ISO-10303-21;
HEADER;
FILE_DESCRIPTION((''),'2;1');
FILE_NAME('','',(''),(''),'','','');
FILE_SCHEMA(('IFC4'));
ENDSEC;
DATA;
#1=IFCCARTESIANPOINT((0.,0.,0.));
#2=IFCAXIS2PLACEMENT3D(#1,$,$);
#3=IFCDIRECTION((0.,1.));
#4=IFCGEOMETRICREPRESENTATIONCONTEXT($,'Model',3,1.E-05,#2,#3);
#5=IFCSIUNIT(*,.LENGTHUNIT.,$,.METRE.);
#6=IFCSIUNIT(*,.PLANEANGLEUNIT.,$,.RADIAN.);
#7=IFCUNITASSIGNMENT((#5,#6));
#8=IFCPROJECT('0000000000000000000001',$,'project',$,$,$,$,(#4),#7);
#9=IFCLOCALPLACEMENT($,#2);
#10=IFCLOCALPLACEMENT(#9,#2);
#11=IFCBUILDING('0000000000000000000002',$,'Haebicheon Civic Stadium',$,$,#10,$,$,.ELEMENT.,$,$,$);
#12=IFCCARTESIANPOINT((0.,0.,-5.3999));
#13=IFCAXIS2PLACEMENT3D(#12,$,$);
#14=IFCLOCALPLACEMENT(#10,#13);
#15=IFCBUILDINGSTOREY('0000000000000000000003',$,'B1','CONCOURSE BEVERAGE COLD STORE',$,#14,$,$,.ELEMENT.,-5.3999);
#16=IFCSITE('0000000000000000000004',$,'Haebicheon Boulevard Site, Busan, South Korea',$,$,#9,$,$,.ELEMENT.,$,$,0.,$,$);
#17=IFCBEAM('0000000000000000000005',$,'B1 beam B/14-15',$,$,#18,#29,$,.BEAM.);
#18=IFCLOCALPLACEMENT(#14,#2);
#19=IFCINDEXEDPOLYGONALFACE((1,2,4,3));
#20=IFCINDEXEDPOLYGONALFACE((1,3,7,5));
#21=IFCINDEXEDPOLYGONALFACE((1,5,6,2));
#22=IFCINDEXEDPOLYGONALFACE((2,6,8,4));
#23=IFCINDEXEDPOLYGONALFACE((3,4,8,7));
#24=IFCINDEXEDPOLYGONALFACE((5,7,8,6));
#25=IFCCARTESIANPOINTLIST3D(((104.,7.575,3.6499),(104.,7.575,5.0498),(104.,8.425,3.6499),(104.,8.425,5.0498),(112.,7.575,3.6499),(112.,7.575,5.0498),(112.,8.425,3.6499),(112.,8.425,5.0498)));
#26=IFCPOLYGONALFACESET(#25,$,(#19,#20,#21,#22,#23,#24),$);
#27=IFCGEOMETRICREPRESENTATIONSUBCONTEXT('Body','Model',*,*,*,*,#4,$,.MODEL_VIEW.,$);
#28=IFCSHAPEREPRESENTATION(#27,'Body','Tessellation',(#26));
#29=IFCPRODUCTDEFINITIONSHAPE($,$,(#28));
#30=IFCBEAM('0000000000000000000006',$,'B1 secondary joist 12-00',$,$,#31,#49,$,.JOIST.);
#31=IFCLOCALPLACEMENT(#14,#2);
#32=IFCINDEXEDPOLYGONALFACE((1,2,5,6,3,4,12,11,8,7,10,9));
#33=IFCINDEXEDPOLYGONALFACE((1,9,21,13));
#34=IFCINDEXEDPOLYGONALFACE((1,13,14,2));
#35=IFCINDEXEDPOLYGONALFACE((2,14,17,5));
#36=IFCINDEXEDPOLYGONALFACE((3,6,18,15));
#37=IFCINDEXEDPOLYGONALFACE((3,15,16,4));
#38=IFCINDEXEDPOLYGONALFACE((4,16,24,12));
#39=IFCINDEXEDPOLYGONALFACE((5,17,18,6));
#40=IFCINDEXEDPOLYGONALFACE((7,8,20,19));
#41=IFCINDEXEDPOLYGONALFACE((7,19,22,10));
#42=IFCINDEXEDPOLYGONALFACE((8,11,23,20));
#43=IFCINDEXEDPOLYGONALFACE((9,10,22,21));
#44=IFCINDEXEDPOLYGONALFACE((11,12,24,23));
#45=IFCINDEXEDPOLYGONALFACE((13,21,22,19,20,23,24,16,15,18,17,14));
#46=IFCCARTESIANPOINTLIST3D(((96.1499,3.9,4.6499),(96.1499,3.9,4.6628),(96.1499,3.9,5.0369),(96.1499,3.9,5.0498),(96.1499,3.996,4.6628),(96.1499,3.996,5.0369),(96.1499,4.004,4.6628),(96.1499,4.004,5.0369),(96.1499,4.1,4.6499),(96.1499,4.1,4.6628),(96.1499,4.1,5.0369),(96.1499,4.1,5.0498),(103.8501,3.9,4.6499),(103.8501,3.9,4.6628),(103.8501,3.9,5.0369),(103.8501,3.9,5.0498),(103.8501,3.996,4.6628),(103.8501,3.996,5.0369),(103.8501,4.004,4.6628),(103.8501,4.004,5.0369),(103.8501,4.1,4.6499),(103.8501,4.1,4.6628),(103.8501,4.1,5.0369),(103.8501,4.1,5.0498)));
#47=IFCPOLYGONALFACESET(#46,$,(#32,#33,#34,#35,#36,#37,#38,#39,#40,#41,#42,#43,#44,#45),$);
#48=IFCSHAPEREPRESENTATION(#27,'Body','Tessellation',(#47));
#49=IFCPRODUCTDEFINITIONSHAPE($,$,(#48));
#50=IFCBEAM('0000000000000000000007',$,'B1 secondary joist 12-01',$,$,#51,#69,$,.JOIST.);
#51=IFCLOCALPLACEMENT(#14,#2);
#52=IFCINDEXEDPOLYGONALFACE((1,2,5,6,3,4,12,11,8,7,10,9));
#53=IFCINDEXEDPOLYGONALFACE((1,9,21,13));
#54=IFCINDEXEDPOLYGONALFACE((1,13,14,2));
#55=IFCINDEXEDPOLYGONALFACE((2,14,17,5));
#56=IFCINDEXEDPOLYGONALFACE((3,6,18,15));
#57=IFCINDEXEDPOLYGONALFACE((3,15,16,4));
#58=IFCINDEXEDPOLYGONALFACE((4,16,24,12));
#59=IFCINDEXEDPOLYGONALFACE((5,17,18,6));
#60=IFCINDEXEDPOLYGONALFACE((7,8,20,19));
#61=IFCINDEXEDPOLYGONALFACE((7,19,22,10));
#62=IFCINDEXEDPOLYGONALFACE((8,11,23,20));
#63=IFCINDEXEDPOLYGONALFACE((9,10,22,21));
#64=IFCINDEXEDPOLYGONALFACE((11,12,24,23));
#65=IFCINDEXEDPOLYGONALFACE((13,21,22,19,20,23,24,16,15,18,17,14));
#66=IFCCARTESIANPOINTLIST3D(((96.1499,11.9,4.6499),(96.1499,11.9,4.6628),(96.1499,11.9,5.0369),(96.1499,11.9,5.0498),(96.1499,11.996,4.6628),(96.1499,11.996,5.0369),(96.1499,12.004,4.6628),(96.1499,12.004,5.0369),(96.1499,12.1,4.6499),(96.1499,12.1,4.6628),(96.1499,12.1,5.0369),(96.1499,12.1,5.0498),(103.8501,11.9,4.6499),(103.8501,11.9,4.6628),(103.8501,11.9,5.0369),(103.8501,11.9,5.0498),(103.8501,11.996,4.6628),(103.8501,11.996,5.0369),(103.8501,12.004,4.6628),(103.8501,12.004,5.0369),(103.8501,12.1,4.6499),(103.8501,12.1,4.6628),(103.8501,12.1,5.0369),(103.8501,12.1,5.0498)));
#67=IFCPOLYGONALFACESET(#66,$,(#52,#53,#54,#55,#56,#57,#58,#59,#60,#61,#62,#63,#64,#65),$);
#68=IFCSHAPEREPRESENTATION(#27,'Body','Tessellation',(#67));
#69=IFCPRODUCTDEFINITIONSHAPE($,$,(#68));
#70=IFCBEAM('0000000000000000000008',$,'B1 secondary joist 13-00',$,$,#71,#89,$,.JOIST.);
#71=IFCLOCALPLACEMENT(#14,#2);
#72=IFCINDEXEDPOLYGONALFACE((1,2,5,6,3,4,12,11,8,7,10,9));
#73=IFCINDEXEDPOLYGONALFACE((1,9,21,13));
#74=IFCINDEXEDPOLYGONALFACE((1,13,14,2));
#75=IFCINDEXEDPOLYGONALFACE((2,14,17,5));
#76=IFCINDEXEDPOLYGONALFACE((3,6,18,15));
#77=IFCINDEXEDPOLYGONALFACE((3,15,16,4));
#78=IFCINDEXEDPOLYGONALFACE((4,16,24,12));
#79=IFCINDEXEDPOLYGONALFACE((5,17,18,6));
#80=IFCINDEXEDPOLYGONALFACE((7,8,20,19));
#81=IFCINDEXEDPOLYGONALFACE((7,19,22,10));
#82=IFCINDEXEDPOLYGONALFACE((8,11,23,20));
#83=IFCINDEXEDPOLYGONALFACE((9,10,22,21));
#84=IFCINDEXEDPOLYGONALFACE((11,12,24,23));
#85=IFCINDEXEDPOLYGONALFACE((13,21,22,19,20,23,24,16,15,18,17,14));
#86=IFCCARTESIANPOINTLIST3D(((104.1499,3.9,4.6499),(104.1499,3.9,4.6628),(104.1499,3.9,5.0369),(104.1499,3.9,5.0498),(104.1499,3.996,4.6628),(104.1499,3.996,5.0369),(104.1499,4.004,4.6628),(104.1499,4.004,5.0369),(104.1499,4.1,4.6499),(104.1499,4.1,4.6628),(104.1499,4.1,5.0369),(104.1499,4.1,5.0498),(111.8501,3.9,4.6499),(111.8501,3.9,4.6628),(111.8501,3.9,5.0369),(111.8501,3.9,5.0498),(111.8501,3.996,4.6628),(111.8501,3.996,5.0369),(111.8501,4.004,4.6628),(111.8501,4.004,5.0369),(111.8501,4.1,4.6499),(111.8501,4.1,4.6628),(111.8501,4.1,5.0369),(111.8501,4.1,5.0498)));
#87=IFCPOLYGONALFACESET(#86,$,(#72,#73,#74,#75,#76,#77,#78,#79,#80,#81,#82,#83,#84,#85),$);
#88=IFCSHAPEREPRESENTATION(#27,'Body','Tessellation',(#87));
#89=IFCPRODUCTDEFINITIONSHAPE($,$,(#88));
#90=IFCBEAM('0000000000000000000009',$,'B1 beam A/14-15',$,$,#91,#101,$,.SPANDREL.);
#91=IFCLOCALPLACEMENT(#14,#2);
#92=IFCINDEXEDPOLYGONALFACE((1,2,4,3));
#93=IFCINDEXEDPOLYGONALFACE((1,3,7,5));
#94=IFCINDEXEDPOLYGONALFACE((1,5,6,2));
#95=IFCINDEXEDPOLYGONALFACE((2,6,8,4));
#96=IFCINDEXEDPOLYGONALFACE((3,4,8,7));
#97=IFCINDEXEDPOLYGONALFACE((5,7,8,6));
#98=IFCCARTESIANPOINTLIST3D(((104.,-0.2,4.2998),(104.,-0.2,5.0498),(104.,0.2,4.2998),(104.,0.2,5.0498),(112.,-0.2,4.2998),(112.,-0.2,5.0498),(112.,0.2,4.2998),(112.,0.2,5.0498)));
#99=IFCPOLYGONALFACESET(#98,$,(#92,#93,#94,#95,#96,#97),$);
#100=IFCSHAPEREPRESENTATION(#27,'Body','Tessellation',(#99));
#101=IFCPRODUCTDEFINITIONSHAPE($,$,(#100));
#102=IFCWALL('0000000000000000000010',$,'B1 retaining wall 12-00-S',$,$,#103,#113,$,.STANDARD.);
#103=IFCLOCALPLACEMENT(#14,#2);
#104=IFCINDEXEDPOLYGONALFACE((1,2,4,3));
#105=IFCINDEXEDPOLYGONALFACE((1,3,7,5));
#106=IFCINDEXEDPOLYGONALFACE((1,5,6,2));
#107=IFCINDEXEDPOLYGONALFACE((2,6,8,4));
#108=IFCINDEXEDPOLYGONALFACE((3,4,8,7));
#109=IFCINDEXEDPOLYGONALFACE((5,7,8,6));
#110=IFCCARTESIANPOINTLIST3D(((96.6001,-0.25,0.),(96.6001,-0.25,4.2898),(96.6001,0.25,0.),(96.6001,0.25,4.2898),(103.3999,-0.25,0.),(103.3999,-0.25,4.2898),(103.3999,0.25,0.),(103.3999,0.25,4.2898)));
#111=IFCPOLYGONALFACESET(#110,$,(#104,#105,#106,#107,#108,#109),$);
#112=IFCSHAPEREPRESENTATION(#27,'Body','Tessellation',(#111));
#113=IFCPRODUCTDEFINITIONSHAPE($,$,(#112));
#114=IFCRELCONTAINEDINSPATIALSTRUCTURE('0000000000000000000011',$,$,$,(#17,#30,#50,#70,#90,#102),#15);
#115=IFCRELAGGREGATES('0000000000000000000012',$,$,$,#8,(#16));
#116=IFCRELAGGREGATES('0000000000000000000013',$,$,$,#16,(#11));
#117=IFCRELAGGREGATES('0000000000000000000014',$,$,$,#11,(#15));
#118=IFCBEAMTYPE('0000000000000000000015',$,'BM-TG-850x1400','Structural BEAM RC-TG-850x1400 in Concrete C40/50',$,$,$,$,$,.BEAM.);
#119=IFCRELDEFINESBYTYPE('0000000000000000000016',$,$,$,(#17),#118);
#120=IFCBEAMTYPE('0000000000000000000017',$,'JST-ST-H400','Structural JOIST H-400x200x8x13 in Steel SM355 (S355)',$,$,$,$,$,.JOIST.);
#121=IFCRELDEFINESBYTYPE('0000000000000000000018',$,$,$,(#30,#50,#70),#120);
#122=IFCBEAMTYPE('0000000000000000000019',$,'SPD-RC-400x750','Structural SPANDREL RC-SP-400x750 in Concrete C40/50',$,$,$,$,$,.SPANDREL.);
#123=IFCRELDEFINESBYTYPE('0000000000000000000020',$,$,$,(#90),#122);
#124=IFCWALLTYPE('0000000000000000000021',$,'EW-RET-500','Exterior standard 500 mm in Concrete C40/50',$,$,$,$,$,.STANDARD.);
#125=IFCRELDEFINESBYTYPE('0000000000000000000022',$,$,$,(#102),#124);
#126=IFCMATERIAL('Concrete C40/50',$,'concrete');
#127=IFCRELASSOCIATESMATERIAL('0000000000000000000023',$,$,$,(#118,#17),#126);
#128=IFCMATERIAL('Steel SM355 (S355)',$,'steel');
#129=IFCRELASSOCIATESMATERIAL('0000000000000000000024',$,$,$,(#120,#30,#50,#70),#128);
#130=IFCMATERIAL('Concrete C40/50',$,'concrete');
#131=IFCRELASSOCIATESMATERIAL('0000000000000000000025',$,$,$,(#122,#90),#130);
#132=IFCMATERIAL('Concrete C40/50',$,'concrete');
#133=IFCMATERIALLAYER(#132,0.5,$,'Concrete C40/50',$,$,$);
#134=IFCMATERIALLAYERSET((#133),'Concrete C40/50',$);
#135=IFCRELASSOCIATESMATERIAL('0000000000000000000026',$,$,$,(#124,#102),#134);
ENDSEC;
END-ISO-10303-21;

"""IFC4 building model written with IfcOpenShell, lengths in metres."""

from ifc_helpers import new_model, si_unit, direction, frame, frame_2d, origin, origin_2d, place, context, subcontext, project, spatial, rectangle, i_section, extrude, material, layer, layer_set, material_profile, profile_set, type_object, element, save


model = new_model("IFC4")

# Units and contexts
model_context = context("Model", 3, precision=1e-05, world=origin(), true_north=direction((0.0, 1.0)))
body_context = subcontext(model_context, "Body", "Model", "MODEL_VIEW")
ifc_project = project(units=[si_unit("LENGTHUNIT", "METRE"), si_unit("PLANEANGLEUNIT", "RADIAN")], contexts=[model_context])

# Site, building, storey
site_placement = place(None, origin())
site = spatial("IfcSite", under=ifc_project, at=site_placement, Name="Haebicheon Boulevard Site, Busan, South Korea", CompositionType="ELEMENT", RefElevation=0.0)
building_placement = place(site_placement, origin())
building = spatial("IfcBuilding", under=site, at=building_placement, Name="Haebicheon Civic Stadium", CompositionType="ELEMENT")
storey_placement = place(building_placement, frame((0.0, 0.0, -5.3999)))
storey = spatial("IfcBuildingStorey", under=building, at=storey_placement, Name="B1", Description="CONCOURSE BEVERAGE COLD STORE", CompositionType="ELEMENT", Elevation=-5.3999)

# Beams
ifc_material_1 = material(Name="Concrete C40/50", Category="concrete")
ifc_material_profile_1 = material_profile(ifc_material_1, rectangle(XDim=0.8501, YDim=1.3999, at=origin_2d()), Name="RC-TG-850x1400")
ifc_profile_set_1 = profile_set([ifc_material_profile_1], Name="Concrete C40/50")
beam_type_1 = type_object("IfcBeamType", Name="BM-TG-850x1400", Description="Structural BEAM RC-TG-850x1400 in Concrete C40/50", PredefinedType="BEAM", material=ifc_profile_set_1)
beam_1_placement = place(storey_placement, frame((104.0, 8.0, 4.3499), z_axis=(1.0, 0.0, 0.0), x_axis=(0.0, 1.0, 0.0)))
element("IfcBeam", 1, at=beam_1_placement, inside=storey, type_object=beam_type_1, material=ifc_profile_set_1, Name="B1 beam B/14-15", PredefinedType="BEAM", context=body_context, shape_type="SweptSolid", body=[
    extrude(rectangle(XDim=0.8501, YDim=1.3999, at=origin_2d()), origin(), (0.0, 0.0, 1.0), 8.0),
])
ifc_material_2 = material(Name="Steel SM355 (S355)", Category="steel")
ifc_material_profile_2 = material_profile(ifc_material_2, i_section(OverallWidth=0.2, OverallDepth=0.3999, WebThickness=0.0081, FlangeThickness=0.0129, at=origin_2d()), Name="H-400x200x8x13")
ifc_profile_set_2 = profile_set([ifc_material_profile_2], Name="Steel SM355 (S355)")
beam_type_2 = type_object("IfcBeamType", Name="JST-ST-H400", Description="Structural JOIST H-400x200x8x13 in Steel SM355 (S355)", PredefinedType="JOIST", material=ifc_profile_set_2)
for number, where, z_axis, x_axis, name in (
    (2, (96.1499, 4.0, 4.8499), (1.0, 0.0, 0.0), (0.0, 1.0, 0.0), "B1 secondary joist 12-00"),
    (3, (96.1499, 12.0, 4.8499), (1.0, 0.0, 0.0), (0.0, 1.0, 0.0), "B1 secondary joist 12-01"),
    (4, (104.1499, 4.0, 4.8499), (1.0, 0.0, 0.0), (0.0, 1.0, 0.0), "B1 secondary joist 13-00"),
):
    element("IfcBeam", number, at=place(storey_placement, frame(where, z_axis=z_axis, x_axis=x_axis)), inside=storey, type_object=beam_type_2, material=ifc_profile_set_2, Name=name, PredefinedType="JOIST", context=body_context, shape_type="SweptSolid", body=[
        extrude(i_section(OverallWidth=0.2, OverallDepth=0.3999, WebThickness=0.0081, FlangeThickness=0.0129, at=origin_2d()), origin(), (0.0, 0.0, 1.0), 7.7002),
    ])
ifc_material_3 = material(Name="Concrete C40/50", Category="concrete")
ifc_material_profile_3 = material_profile(ifc_material_3, rectangle(XDim=0.3999, YDim=0.75, at=origin_2d()), Name="RC-SP-400x750")
ifc_profile_set_3 = profile_set([ifc_material_profile_3], Name="Concrete C40/50")
beam_type_3 = type_object("IfcBeamType", Name="SPD-RC-400x750", Description="Structural SPANDREL RC-SP-400x750 in Concrete C40/50", PredefinedType="SPANDREL", material=ifc_profile_set_3)
beam_2_placement = place(storey_placement, frame((104.0, 0.0, 4.6748), z_axis=(1.0, 0.0, 0.0), x_axis=(0.0, 1.0, 0.0)))
element("IfcBeam", 5, at=beam_2_placement, inside=storey, type_object=beam_type_3, material=ifc_profile_set_3, Name="B1 beam A/14-15", PredefinedType="SPANDREL", context=body_context, shape_type="SweptSolid", body=[
    extrude(rectangle(XDim=0.3999, YDim=0.75, at=origin_2d()), origin(), (0.0, 0.0, 1.0), 8.0),
])

# Wall
ifc_material_4 = material(Name="Concrete C40/50", Category="concrete")
ifc_layer_1 = layer(ifc_material_4, 0.5, Name="Concrete C40/50")
ifc_layer_set_1 = layer_set([ifc_layer_1], Name="Concrete C40/50")
wall_type = type_object("IfcWallType", Name="EW-RET-500", Description="Exterior standard 500 mm in Concrete C40/50", PredefinedType="STANDARD", material=ifc_layer_set_1)
wall_placement = place(storey_placement, frame((96.6001, 0.0, 0.0), z_axis=(0.0, 0.0, 1.0), x_axis=(1.0, 0.0, 0.0)))
element("IfcWall", 6, at=wall_placement, inside=storey, type_object=wall_type, material=ifc_layer_set_1, Name="B1 retaining wall 12-00-S", PredefinedType="STANDARD", context=body_context, shape_type="SweptSolid", body=[
    extrude(rectangle(XDim=6.7998, YDim=0.5, at=frame_2d((3.3999, 0.0))), origin(), (0.0, 0.0, 1.0), 4.2898),
])

save(model, "model.ifc")
